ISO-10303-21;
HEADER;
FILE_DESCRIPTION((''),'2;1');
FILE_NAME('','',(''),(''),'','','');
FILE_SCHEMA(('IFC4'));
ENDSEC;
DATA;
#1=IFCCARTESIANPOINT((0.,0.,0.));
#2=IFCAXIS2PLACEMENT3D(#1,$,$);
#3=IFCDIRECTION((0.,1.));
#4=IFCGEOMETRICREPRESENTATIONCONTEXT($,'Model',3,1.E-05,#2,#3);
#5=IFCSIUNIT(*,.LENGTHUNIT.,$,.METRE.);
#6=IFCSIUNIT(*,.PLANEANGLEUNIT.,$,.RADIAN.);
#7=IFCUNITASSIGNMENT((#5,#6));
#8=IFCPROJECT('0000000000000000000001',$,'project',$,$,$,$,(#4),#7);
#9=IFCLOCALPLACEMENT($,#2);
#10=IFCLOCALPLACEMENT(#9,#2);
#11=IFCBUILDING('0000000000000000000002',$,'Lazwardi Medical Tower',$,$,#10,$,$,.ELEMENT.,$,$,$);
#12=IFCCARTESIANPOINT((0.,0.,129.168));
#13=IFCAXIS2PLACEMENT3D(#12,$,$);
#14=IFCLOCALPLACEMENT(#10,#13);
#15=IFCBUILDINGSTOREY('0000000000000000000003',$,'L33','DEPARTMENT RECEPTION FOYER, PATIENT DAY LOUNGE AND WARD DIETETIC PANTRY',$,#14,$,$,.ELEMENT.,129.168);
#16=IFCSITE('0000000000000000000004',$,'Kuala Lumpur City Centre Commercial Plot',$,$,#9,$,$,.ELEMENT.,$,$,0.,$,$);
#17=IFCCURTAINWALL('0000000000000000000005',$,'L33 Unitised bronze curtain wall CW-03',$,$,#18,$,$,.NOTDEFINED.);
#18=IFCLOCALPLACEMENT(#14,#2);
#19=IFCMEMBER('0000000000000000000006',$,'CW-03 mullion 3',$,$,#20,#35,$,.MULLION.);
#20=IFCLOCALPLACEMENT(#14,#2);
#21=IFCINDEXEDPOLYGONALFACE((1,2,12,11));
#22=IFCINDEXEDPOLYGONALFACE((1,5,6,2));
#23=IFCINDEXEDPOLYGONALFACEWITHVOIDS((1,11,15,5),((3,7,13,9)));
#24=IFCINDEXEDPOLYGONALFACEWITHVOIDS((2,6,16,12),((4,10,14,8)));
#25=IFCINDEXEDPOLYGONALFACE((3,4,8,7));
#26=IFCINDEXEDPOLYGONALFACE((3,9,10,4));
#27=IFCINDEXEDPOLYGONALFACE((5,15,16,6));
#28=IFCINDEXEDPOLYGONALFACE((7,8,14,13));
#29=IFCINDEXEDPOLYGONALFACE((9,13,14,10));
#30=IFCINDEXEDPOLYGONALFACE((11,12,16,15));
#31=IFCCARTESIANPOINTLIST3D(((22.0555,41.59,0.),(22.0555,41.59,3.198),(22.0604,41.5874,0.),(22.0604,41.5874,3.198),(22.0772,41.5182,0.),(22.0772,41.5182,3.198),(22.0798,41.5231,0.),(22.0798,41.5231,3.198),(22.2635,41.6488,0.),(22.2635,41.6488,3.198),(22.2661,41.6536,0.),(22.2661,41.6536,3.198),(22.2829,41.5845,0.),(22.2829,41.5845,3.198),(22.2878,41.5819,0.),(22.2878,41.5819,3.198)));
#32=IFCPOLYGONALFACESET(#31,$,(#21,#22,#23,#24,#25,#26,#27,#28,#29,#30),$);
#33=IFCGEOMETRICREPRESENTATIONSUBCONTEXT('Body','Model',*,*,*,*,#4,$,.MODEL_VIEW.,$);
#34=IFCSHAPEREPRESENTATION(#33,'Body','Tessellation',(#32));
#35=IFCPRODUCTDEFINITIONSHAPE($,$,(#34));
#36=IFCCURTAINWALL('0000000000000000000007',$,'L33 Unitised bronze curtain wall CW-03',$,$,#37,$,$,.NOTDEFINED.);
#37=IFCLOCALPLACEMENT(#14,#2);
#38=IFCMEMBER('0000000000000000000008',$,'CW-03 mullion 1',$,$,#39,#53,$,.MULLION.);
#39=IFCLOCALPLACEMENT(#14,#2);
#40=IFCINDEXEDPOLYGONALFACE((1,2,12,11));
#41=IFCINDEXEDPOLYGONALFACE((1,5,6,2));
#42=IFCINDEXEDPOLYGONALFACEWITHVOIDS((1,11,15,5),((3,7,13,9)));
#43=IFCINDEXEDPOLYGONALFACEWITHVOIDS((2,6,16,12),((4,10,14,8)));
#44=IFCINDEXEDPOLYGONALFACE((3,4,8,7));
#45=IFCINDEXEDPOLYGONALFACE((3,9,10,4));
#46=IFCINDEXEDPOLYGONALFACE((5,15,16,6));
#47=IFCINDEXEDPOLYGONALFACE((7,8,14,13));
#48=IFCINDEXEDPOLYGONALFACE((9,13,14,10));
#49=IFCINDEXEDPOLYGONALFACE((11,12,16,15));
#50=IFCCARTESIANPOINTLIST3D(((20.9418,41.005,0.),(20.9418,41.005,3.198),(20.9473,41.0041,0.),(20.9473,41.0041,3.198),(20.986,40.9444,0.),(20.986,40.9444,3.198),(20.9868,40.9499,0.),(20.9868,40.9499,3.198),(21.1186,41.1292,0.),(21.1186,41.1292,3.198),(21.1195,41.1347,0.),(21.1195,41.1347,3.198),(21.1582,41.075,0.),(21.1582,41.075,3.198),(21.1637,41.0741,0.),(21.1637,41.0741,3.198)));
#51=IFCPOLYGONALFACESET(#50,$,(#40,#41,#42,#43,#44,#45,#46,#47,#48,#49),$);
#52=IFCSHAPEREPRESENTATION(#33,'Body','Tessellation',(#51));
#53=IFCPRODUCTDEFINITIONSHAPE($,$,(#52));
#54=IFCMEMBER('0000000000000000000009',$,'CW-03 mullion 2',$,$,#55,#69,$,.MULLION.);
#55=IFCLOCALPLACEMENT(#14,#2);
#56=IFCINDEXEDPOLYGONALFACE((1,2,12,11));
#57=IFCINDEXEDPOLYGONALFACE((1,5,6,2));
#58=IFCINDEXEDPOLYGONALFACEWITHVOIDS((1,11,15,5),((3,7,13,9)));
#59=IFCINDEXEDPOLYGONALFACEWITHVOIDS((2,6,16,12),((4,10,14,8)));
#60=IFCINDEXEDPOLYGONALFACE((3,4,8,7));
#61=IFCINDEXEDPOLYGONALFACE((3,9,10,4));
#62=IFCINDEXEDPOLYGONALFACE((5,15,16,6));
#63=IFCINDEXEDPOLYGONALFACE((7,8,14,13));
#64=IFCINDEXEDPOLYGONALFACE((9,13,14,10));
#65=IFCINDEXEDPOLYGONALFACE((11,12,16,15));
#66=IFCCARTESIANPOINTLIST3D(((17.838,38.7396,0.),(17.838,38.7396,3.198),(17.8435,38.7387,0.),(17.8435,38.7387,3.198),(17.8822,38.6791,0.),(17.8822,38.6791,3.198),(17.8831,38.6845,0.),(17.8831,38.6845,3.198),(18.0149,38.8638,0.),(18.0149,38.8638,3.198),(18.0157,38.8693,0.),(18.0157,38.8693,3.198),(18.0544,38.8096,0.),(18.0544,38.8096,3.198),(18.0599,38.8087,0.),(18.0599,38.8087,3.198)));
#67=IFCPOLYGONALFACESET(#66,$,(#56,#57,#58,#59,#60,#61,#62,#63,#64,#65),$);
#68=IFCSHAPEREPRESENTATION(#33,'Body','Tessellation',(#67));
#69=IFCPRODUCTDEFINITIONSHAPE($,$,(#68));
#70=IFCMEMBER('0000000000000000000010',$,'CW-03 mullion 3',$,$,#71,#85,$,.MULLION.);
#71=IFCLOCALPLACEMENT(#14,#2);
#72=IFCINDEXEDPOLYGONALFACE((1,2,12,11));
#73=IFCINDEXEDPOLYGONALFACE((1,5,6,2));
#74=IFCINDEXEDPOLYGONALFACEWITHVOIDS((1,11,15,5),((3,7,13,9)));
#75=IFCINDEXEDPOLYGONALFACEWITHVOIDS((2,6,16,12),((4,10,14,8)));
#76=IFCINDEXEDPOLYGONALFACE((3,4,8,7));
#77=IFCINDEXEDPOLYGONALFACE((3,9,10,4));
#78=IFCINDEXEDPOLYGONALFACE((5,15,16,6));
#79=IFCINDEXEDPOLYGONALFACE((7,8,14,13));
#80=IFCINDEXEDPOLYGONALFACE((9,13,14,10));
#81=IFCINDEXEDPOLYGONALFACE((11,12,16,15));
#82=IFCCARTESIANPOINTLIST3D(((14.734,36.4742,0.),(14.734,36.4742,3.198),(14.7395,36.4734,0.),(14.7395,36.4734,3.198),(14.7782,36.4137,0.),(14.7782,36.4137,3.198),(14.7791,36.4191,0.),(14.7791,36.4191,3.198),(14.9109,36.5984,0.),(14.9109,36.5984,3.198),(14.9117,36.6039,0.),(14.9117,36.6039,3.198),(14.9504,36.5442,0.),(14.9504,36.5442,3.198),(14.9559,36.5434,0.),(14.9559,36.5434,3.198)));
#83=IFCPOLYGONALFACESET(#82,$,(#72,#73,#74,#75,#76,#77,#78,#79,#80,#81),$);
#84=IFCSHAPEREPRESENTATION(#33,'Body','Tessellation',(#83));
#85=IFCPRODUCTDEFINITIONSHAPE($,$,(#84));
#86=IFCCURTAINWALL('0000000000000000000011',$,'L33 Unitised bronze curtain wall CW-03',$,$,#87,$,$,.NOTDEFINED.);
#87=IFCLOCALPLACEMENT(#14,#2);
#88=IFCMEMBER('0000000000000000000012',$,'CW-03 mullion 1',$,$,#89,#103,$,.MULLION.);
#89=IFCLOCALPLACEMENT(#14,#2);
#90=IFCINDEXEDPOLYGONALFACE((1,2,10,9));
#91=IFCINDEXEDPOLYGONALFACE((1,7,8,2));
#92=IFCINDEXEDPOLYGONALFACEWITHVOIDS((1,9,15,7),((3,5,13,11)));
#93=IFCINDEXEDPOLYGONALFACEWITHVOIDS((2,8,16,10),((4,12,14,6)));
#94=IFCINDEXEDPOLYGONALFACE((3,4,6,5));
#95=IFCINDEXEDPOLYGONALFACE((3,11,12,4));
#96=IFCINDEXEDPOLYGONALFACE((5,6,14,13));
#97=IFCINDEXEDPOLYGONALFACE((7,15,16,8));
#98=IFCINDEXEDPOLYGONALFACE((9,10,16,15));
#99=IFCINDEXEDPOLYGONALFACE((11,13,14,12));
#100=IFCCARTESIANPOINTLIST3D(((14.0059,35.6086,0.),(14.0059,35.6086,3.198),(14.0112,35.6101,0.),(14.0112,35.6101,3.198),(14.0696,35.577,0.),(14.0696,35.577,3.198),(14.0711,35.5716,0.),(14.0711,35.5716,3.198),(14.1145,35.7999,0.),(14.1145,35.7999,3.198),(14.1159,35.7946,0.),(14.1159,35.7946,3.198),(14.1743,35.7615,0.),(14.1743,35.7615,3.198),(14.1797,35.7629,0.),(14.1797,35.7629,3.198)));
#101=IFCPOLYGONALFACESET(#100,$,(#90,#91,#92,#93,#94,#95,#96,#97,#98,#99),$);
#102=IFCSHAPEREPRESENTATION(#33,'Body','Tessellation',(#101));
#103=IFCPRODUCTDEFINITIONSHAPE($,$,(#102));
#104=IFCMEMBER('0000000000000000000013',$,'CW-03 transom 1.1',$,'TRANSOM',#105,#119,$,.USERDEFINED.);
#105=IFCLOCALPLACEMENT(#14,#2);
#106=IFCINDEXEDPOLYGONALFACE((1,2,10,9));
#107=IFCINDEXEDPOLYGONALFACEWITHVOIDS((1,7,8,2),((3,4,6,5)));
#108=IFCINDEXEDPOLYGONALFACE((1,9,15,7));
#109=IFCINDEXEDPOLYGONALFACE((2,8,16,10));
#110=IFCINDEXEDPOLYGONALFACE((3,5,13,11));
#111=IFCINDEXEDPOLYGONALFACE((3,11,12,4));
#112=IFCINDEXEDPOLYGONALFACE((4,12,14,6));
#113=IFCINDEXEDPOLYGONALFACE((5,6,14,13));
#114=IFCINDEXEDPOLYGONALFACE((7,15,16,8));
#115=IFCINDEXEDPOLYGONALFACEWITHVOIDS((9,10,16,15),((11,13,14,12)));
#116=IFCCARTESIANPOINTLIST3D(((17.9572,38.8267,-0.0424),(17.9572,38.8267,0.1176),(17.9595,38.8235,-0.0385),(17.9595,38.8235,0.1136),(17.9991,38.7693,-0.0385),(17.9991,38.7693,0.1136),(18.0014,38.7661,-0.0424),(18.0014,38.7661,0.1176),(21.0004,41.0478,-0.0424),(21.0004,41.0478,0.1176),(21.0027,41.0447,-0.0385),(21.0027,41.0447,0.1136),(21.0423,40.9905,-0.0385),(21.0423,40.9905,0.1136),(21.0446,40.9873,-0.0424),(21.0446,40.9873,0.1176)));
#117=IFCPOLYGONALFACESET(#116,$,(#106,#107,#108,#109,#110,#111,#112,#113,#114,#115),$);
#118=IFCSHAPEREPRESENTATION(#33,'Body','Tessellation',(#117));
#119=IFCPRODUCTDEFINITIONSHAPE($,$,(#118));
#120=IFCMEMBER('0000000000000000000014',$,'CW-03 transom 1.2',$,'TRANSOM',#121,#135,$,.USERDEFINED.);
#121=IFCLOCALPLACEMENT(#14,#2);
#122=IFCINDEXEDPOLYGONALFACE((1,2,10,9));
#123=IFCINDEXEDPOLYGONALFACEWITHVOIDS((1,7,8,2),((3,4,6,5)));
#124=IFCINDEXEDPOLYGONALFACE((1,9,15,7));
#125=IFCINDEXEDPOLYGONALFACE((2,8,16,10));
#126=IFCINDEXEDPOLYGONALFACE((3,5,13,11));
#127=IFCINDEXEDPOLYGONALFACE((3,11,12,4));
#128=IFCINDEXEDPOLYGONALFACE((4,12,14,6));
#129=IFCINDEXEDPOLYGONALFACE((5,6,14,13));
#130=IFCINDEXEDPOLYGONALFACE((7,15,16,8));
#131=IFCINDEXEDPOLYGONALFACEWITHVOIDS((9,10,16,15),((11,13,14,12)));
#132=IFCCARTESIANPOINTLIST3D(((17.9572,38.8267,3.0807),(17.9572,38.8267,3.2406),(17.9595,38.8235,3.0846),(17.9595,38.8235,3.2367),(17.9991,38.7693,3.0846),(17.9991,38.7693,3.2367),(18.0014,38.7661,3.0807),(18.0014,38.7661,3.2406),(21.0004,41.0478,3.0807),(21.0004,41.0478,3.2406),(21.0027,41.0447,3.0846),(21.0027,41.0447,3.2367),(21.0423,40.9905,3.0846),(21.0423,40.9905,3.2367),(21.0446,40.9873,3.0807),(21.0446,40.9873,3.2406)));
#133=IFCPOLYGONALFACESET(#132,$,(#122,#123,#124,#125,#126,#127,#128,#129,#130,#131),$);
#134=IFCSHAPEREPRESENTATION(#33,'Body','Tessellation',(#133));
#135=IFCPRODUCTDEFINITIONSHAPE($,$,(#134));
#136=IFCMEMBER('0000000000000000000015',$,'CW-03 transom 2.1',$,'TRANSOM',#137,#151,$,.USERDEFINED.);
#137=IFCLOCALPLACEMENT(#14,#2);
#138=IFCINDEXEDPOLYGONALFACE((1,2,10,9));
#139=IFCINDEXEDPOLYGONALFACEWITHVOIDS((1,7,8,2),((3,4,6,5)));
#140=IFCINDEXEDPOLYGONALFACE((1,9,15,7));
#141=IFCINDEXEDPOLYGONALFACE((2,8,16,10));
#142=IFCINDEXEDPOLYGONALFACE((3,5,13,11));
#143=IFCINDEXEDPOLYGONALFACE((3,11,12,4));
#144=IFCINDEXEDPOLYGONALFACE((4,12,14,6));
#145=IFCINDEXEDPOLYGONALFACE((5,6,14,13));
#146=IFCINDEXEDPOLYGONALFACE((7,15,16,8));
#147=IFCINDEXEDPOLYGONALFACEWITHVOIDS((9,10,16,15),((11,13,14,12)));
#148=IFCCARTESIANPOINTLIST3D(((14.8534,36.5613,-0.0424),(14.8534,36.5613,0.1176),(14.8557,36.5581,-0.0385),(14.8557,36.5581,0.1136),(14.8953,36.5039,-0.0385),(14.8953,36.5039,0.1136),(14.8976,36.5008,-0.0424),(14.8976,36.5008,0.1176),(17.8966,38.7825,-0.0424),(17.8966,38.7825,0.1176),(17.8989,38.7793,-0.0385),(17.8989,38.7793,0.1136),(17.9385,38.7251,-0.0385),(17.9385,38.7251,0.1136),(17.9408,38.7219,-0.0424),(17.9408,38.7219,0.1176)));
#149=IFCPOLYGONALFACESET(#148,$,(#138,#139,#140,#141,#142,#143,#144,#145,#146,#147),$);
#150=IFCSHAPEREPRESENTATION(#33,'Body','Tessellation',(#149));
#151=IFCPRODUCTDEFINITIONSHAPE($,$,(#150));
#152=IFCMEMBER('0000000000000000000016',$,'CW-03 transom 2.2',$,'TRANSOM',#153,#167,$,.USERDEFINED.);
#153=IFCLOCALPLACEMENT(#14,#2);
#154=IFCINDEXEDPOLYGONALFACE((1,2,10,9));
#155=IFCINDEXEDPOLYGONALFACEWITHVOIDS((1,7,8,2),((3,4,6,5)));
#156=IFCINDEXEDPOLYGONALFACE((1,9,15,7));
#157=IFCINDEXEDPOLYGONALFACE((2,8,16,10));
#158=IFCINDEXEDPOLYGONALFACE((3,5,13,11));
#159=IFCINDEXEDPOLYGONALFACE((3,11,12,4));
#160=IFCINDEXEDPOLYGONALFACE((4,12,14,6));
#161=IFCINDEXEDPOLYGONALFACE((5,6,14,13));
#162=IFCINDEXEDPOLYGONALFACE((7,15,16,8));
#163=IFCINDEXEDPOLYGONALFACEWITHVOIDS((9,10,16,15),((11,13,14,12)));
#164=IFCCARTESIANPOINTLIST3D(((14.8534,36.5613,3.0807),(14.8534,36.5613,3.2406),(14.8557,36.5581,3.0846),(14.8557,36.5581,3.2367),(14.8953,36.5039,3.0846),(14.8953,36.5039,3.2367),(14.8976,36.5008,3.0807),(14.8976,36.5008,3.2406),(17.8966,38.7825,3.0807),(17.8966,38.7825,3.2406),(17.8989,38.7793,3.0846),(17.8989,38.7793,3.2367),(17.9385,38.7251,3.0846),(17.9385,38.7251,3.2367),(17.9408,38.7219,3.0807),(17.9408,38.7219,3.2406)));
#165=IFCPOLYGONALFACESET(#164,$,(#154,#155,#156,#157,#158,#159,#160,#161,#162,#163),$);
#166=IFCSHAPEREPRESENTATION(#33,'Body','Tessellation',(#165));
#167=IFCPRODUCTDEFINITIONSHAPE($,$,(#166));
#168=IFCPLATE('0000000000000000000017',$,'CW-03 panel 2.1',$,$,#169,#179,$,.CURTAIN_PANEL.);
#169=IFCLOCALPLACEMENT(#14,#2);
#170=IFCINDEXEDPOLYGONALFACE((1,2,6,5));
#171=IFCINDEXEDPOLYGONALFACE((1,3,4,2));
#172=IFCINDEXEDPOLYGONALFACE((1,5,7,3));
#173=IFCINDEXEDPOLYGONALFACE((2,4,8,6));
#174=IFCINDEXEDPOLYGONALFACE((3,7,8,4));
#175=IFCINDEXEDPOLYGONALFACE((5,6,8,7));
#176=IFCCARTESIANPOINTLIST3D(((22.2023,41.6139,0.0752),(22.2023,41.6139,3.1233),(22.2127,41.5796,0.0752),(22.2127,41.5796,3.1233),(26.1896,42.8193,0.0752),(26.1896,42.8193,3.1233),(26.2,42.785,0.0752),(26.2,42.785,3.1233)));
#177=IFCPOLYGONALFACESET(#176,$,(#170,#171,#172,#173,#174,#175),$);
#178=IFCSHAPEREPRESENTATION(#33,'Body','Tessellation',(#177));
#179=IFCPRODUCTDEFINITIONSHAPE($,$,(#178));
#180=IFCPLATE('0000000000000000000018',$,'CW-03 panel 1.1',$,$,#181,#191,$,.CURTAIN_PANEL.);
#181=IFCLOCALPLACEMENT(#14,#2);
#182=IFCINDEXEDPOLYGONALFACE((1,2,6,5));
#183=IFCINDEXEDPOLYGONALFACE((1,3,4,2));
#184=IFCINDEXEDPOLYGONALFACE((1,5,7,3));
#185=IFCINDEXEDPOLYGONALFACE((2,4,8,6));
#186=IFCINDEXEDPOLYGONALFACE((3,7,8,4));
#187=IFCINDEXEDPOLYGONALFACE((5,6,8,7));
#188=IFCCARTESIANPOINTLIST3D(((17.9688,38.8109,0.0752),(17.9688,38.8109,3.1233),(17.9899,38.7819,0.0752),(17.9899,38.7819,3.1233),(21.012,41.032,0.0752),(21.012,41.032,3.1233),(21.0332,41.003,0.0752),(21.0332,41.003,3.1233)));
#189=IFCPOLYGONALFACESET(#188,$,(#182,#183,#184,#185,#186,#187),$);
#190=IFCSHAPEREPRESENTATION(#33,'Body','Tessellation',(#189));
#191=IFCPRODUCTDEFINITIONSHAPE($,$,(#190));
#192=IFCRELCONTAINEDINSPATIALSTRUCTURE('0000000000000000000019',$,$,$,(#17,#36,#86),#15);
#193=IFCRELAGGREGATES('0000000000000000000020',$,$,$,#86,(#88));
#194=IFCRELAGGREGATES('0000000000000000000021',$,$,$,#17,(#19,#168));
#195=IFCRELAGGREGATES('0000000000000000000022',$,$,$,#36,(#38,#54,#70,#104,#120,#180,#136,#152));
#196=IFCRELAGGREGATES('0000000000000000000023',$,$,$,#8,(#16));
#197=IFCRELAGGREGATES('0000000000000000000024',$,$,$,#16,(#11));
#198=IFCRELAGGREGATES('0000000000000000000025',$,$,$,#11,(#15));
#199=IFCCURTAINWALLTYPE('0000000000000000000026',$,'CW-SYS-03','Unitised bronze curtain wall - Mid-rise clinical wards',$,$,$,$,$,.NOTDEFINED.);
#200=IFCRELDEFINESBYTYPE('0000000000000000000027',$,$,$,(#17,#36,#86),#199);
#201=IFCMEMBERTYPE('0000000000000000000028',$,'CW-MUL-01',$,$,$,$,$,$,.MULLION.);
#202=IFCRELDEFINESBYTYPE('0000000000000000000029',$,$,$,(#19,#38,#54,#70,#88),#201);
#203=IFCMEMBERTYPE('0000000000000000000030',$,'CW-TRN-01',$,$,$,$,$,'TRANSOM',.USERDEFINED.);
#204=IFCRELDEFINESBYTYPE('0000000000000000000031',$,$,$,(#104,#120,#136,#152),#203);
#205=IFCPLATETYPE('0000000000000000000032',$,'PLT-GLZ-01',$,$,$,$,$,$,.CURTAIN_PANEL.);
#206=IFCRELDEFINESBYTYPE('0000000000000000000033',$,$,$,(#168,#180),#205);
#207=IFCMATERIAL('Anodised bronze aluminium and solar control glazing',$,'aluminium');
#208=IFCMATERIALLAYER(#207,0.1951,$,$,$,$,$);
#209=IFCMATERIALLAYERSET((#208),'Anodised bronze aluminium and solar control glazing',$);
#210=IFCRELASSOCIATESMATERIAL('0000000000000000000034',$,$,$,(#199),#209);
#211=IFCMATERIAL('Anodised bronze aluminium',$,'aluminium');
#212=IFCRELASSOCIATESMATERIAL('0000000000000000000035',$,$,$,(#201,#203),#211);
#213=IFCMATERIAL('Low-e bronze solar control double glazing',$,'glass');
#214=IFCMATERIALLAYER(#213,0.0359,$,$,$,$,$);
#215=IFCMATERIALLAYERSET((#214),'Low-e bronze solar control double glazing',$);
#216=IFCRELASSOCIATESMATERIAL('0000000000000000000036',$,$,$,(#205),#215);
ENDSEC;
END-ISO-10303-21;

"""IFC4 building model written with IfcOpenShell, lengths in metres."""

from ifc_helpers import new_model, si_unit, direction, frame, origin, origin_2d, place, context, subcontext, project, spatial, rectangle, hollow_rectangle, extrude, material, layer, layer_set, material_profile, profile_set, type_object, element, aggregate, save


model = new_model("IFC4")

# Units and contexts
model_context = context("Model", 3, precision=1e-05, world=origin(), true_north=direction((0.0, 1.0)))
body_context = subcontext(model_context, "Body", "Model", "MODEL_VIEW")
ifc_project = project(units=[si_unit("LENGTHUNIT", "METRE"), si_unit("PLANEANGLEUNIT", "RADIAN")], contexts=[model_context])

# Site, building, storey
site_placement = place(None, origin())
site = spatial("IfcSite", under=ifc_project, at=site_placement, Name="Kuala Lumpur City Centre Commercial Plot", CompositionType="ELEMENT", RefElevation=0.0)
building_placement = place(site_placement, origin())
building = spatial("IfcBuilding", under=site, at=building_placement, Name="Lazwardi Medical Tower", CompositionType="ELEMENT")
storey_placement = place(building_placement, frame((0.0, 0.0, 129.168)))
storey = spatial("IfcBuildingStorey", under=building, at=storey_placement, Name="L33", Description="DEPARTMENT RECEPTION FOYER, PATIENT DAY LOUNGE AND WARD DIETETIC PANTRY", CompositionType="ELEMENT", Elevation=129.168)

# Curtain wall, member
ifc_material_1 = material(Name="Anodised bronze aluminium and solar control glazing", Category="aluminium")
ifc_layer_1 = layer(ifc_material_1, 0.1951)
ifc_layer_set_1 = layer_set([ifc_layer_1], Name="Anodised bronze aluminium and solar control glazing")
curtain_wall_type = type_object("IfcCurtainWallType", Name="CW-SYS-03", Description="Unitised bronze curtain wall - Mid-rise clinical wards", PredefinedType="NOTDEFINED", material=ifc_layer_set_1)
curtain_wall_1_placement = place(storey_placement, origin())
curtain_wall_1 = element("IfcCurtainWall", 1, at=curtain_wall_1_placement, inside=storey, type_object=curtain_wall_type, Name="L33 Unitised bronze curtain wall CW-03", PredefinedType="NOTDEFINED")
ifc_material_2 = material(Name="Anodised bronze aluminium", Category="aluminium")
ifc_material_profile_1 = material_profile(ifc_material_2, hollow_rectangle(XDim=0.075, YDim=0.22, WallThickness=0.0039, at=origin_2d()), Name="ALU-MULLION 220x75x4")
ifc_profile_set_1 = profile_set([ifc_material_profile_1], Name="Anodised bronze aluminium")
member_type_1 = type_object("IfcMemberType", Name="CW-MUL-01", PredefinedType="MULLION", material=ifc_profile_set_1)
member_1_placement = place(storey_placement, frame((22.1716, 41.5859, 0.0), z_axis=(0.0, 0.0, 1.0), x_axis=(0.289374, -0.957216, 0.0)))
member_1 = element("IfcMember", 2, at=member_1_placement, type_object=member_type_1, Name="CW-03 mullion 3", PredefinedType="MULLION", context=body_context, shape_type="SweptSolid", body=[
    extrude(hollow_rectangle(XDim=0.075, YDim=0.22, WallThickness=0.0039, at=origin_2d()), origin(), (0.0, 0.0, 1.0), 3.198),
])

# Curtain wall, members
curtain_wall_2_placement = place(storey_placement, origin())
curtain_wall_2 = element("IfcCurtainWall", 3, at=curtain_wall_2_placement, inside=storey, type_object=curtain_wall_type, Name="L33 Unitised bronze curtain wall CW-03", PredefinedType="NOTDEFINED")
member_2_placement = place(storey_placement, frame((21.0527, 41.0396, 0.0), z_axis=(0.0, 0.0, 1.0), x_axis=(0.589531, -0.807746, 0.0)))
member_2 = element("IfcMember", 4, at=member_2_placement, type_object=member_type_1, Name="CW-03 mullion 1", PredefinedType="MULLION", context=body_context, shape_type="SweptSolid", body=[
    extrude(hollow_rectangle(XDim=0.075, YDim=0.22, WallThickness=0.0039, at=origin_2d()), origin(), (0.0, 0.0, 1.0), 3.198),
])
member_3_placement = place(storey_placement, frame((17.949, 38.7742, 0.0), z_axis=(0.0, 0.0, 1.0), x_axis=(0.589531, -0.807746, 0.0)))
member_3 = element("IfcMember", 5, at=member_3_placement, type_object=member_type_1, Name="CW-03 mullion 2", PredefinedType="MULLION", context=body_context, shape_type="SweptSolid", body=[
    extrude(hollow_rectangle(XDim=0.075, YDim=0.22, WallThickness=0.0039, at=origin_2d()), origin(), (0.0, 0.0, 1.0), 3.198),
])
member_4_placement = place(storey_placement, frame((14.845, 36.5088, 0.0), z_axis=(0.0, 0.0, 1.0), x_axis=(0.589531, -0.807746, 0.0)))
member_4 = element("IfcMember", 6, at=member_4_placement, type_object=member_type_1, Name="CW-03 mullion 3", PredefinedType="MULLION", context=body_context, shape_type="SweptSolid", body=[
    extrude(hollow_rectangle(XDim=0.075, YDim=0.22, WallThickness=0.0039, at=origin_2d()), origin(), (0.0, 0.0, 1.0), 3.198),
])

# Curtain wall, member
curtain_wall_3_placement = place(storey_placement, origin())
curtain_wall_3 = element("IfcCurtainWall", 7, at=curtain_wall_3_placement, inside=storey, type_object=curtain_wall_type, Name="L33 Unitised bronze curtain wall CW-03", PredefinedType="NOTDEFINED")
member_5_placement = place(storey_placement, frame((14.0928, 35.6858, 0.0), z_axis=(0.0, 0.0, 1.0), x_axis=(0.869687, -0.493603, 0.0)))
member_5 = element("IfcMember", 8, at=member_5_placement, type_object=member_type_1, Name="CW-03 mullion 1", PredefinedType="MULLION", context=body_context, shape_type="SweptSolid", body=[
    extrude(hollow_rectangle(XDim=0.075, YDim=0.22, WallThickness=0.0039, at=origin_2d()), origin(), (0.0, 0.0, 1.0), 3.198),
])
aggregate(curtain_wall_3, [member_5])

# Members
ifc_material_profile_2 = material_profile(ifc_material_2, hollow_rectangle(XDim=0.075, YDim=0.1599, WallThickness=0.0039, at=origin_2d()), Name="ALU-TRANSOM 160x75x4")
ifc_profile_set_2 = profile_set([ifc_material_profile_2], Name="Anodised bronze aluminium")
member_type_2 = type_object("IfcMemberType", Name="CW-TRN-01", ElementType="TRANSOM", PredefinedType="USERDEFINED", material=ifc_profile_set_2)
member_6_placement = place(storey_placement, frame((21.0225, 41.0176, 0.0376), z_axis=(-0.807732, -0.58955, 0.0), x_axis=(0.58955, -0.807732, 0.0)))
member_6 = element("IfcMember", 9, at=member_6_placement, type_object=member_type_2, Name="CW-03 transom 1.1", ObjectType="TRANSOM", PredefinedType="USERDEFINED", context=body_context, shape_type="SweptSolid", body=[
    extrude(hollow_rectangle(XDim=0.075, YDim=0.1599, WallThickness=0.0039, at=origin_2d()), origin(), (0.0, 0.0, 1.0), 3.7676),
])
member_7_placement = place(storey_placement, frame((21.0225, 41.0176, 3.1606), z_axis=(-0.807732, -0.58955, 0.0), x_axis=(0.58955, -0.807732, 0.0)))
member_7 = element("IfcMember", 10, at=member_7_placement, type_object=member_type_2, Name="CW-03 transom 1.2", ObjectType="TRANSOM", PredefinedType="USERDEFINED", context=body_context, shape_type="SweptSolid", body=[
    extrude(hollow_rectangle(XDim=0.075, YDim=0.1599, WallThickness=0.0039, at=origin_2d()), origin(), (0.0, 0.0, 1.0), 3.7676),
])
member_8_placement = place(storey_placement, frame((17.9187, 38.7522, 0.0376), z_axis=(-0.807732, -0.58955, 0.0), x_axis=(0.58955, -0.807732, 0.0)))
member_8 = element("IfcMember", 11, at=member_8_placement, type_object=member_type_2, Name="CW-03 transom 2.1", ObjectType="TRANSOM", PredefinedType="USERDEFINED", context=body_context, shape_type="SweptSolid", body=[
    extrude(hollow_rectangle(XDim=0.075, YDim=0.1599, WallThickness=0.0039, at=origin_2d()), origin(), (0.0, 0.0, 1.0), 3.7676),
])
member_9_placement = place(storey_placement, frame((17.9187, 38.7522, 3.1606), z_axis=(-0.807732, -0.58955, 0.0), x_axis=(0.58955, -0.807732, 0.0)))
member_9 = element("IfcMember", 12, at=member_9_placement, type_object=member_type_2, Name="CW-03 transom 2.2", ObjectType="TRANSOM", PredefinedType="USERDEFINED", context=body_context, shape_type="SweptSolid", body=[
    extrude(hollow_rectangle(XDim=0.075, YDim=0.1599, WallThickness=0.0039, at=origin_2d()), origin(), (0.0, 0.0, 1.0), 3.7676),
])

# Plates
ifc_material_3 = material(Name="Low-e bronze solar control double glazing", Category="glass")
ifc_layer_2 = layer(ifc_material_3, 0.0359)
ifc_layer_set_2 = layer_set([ifc_layer_2], Name="Low-e bronze solar control double glazing")
plate_type = type_object("IfcPlateType", Name="PLT-GLZ-01", PredefinedType="CURTAIN_PANEL", material=ifc_layer_set_2)
plate_1_placement = place(storey_placement, frame((24.2012, 42.1995, 0.0752), z_axis=(0.0, 0.0, 1.0), x_axis=(-0.957216, -0.289374, 0.0)))
plate_1 = element("IfcPlate", 13, at=plate_1_placement, type_object=plate_type, Name="CW-03 panel 2.1", PredefinedType="CURTAIN_PANEL", context=body_context, shape_type="SweptSolid", body=[
    extrude(rectangle(XDim=4.1655, YDim=0.0359, at=origin_2d()), origin(), (0.0, 0.0, 1.0), 3.0481),
])
aggregate(curtain_wall_1, [member_1, plate_1])
plate_2_placement = place(storey_placement, frame((19.501, 39.907, 0.0752), z_axis=(0.0, 0.0, 1.0), x_axis=(-0.807746, -0.589531, 0.0)))
plate_2 = element("IfcPlate", 14, at=plate_2_placement, type_object=plate_type, Name="CW-03 panel 1.1", PredefinedType="CURTAIN_PANEL", context=body_context, shape_type="SweptSolid", body=[
    extrude(rectangle(XDim=3.7676, YDim=0.0359, at=origin_2d()), origin(), (0.0, 0.0, 1.0), 3.0481),
])
aggregate(curtain_wall_2, [member_2, member_3, member_4, member_6, member_7, plate_2, member_8, member_9])

save(model, "model.ifc")
